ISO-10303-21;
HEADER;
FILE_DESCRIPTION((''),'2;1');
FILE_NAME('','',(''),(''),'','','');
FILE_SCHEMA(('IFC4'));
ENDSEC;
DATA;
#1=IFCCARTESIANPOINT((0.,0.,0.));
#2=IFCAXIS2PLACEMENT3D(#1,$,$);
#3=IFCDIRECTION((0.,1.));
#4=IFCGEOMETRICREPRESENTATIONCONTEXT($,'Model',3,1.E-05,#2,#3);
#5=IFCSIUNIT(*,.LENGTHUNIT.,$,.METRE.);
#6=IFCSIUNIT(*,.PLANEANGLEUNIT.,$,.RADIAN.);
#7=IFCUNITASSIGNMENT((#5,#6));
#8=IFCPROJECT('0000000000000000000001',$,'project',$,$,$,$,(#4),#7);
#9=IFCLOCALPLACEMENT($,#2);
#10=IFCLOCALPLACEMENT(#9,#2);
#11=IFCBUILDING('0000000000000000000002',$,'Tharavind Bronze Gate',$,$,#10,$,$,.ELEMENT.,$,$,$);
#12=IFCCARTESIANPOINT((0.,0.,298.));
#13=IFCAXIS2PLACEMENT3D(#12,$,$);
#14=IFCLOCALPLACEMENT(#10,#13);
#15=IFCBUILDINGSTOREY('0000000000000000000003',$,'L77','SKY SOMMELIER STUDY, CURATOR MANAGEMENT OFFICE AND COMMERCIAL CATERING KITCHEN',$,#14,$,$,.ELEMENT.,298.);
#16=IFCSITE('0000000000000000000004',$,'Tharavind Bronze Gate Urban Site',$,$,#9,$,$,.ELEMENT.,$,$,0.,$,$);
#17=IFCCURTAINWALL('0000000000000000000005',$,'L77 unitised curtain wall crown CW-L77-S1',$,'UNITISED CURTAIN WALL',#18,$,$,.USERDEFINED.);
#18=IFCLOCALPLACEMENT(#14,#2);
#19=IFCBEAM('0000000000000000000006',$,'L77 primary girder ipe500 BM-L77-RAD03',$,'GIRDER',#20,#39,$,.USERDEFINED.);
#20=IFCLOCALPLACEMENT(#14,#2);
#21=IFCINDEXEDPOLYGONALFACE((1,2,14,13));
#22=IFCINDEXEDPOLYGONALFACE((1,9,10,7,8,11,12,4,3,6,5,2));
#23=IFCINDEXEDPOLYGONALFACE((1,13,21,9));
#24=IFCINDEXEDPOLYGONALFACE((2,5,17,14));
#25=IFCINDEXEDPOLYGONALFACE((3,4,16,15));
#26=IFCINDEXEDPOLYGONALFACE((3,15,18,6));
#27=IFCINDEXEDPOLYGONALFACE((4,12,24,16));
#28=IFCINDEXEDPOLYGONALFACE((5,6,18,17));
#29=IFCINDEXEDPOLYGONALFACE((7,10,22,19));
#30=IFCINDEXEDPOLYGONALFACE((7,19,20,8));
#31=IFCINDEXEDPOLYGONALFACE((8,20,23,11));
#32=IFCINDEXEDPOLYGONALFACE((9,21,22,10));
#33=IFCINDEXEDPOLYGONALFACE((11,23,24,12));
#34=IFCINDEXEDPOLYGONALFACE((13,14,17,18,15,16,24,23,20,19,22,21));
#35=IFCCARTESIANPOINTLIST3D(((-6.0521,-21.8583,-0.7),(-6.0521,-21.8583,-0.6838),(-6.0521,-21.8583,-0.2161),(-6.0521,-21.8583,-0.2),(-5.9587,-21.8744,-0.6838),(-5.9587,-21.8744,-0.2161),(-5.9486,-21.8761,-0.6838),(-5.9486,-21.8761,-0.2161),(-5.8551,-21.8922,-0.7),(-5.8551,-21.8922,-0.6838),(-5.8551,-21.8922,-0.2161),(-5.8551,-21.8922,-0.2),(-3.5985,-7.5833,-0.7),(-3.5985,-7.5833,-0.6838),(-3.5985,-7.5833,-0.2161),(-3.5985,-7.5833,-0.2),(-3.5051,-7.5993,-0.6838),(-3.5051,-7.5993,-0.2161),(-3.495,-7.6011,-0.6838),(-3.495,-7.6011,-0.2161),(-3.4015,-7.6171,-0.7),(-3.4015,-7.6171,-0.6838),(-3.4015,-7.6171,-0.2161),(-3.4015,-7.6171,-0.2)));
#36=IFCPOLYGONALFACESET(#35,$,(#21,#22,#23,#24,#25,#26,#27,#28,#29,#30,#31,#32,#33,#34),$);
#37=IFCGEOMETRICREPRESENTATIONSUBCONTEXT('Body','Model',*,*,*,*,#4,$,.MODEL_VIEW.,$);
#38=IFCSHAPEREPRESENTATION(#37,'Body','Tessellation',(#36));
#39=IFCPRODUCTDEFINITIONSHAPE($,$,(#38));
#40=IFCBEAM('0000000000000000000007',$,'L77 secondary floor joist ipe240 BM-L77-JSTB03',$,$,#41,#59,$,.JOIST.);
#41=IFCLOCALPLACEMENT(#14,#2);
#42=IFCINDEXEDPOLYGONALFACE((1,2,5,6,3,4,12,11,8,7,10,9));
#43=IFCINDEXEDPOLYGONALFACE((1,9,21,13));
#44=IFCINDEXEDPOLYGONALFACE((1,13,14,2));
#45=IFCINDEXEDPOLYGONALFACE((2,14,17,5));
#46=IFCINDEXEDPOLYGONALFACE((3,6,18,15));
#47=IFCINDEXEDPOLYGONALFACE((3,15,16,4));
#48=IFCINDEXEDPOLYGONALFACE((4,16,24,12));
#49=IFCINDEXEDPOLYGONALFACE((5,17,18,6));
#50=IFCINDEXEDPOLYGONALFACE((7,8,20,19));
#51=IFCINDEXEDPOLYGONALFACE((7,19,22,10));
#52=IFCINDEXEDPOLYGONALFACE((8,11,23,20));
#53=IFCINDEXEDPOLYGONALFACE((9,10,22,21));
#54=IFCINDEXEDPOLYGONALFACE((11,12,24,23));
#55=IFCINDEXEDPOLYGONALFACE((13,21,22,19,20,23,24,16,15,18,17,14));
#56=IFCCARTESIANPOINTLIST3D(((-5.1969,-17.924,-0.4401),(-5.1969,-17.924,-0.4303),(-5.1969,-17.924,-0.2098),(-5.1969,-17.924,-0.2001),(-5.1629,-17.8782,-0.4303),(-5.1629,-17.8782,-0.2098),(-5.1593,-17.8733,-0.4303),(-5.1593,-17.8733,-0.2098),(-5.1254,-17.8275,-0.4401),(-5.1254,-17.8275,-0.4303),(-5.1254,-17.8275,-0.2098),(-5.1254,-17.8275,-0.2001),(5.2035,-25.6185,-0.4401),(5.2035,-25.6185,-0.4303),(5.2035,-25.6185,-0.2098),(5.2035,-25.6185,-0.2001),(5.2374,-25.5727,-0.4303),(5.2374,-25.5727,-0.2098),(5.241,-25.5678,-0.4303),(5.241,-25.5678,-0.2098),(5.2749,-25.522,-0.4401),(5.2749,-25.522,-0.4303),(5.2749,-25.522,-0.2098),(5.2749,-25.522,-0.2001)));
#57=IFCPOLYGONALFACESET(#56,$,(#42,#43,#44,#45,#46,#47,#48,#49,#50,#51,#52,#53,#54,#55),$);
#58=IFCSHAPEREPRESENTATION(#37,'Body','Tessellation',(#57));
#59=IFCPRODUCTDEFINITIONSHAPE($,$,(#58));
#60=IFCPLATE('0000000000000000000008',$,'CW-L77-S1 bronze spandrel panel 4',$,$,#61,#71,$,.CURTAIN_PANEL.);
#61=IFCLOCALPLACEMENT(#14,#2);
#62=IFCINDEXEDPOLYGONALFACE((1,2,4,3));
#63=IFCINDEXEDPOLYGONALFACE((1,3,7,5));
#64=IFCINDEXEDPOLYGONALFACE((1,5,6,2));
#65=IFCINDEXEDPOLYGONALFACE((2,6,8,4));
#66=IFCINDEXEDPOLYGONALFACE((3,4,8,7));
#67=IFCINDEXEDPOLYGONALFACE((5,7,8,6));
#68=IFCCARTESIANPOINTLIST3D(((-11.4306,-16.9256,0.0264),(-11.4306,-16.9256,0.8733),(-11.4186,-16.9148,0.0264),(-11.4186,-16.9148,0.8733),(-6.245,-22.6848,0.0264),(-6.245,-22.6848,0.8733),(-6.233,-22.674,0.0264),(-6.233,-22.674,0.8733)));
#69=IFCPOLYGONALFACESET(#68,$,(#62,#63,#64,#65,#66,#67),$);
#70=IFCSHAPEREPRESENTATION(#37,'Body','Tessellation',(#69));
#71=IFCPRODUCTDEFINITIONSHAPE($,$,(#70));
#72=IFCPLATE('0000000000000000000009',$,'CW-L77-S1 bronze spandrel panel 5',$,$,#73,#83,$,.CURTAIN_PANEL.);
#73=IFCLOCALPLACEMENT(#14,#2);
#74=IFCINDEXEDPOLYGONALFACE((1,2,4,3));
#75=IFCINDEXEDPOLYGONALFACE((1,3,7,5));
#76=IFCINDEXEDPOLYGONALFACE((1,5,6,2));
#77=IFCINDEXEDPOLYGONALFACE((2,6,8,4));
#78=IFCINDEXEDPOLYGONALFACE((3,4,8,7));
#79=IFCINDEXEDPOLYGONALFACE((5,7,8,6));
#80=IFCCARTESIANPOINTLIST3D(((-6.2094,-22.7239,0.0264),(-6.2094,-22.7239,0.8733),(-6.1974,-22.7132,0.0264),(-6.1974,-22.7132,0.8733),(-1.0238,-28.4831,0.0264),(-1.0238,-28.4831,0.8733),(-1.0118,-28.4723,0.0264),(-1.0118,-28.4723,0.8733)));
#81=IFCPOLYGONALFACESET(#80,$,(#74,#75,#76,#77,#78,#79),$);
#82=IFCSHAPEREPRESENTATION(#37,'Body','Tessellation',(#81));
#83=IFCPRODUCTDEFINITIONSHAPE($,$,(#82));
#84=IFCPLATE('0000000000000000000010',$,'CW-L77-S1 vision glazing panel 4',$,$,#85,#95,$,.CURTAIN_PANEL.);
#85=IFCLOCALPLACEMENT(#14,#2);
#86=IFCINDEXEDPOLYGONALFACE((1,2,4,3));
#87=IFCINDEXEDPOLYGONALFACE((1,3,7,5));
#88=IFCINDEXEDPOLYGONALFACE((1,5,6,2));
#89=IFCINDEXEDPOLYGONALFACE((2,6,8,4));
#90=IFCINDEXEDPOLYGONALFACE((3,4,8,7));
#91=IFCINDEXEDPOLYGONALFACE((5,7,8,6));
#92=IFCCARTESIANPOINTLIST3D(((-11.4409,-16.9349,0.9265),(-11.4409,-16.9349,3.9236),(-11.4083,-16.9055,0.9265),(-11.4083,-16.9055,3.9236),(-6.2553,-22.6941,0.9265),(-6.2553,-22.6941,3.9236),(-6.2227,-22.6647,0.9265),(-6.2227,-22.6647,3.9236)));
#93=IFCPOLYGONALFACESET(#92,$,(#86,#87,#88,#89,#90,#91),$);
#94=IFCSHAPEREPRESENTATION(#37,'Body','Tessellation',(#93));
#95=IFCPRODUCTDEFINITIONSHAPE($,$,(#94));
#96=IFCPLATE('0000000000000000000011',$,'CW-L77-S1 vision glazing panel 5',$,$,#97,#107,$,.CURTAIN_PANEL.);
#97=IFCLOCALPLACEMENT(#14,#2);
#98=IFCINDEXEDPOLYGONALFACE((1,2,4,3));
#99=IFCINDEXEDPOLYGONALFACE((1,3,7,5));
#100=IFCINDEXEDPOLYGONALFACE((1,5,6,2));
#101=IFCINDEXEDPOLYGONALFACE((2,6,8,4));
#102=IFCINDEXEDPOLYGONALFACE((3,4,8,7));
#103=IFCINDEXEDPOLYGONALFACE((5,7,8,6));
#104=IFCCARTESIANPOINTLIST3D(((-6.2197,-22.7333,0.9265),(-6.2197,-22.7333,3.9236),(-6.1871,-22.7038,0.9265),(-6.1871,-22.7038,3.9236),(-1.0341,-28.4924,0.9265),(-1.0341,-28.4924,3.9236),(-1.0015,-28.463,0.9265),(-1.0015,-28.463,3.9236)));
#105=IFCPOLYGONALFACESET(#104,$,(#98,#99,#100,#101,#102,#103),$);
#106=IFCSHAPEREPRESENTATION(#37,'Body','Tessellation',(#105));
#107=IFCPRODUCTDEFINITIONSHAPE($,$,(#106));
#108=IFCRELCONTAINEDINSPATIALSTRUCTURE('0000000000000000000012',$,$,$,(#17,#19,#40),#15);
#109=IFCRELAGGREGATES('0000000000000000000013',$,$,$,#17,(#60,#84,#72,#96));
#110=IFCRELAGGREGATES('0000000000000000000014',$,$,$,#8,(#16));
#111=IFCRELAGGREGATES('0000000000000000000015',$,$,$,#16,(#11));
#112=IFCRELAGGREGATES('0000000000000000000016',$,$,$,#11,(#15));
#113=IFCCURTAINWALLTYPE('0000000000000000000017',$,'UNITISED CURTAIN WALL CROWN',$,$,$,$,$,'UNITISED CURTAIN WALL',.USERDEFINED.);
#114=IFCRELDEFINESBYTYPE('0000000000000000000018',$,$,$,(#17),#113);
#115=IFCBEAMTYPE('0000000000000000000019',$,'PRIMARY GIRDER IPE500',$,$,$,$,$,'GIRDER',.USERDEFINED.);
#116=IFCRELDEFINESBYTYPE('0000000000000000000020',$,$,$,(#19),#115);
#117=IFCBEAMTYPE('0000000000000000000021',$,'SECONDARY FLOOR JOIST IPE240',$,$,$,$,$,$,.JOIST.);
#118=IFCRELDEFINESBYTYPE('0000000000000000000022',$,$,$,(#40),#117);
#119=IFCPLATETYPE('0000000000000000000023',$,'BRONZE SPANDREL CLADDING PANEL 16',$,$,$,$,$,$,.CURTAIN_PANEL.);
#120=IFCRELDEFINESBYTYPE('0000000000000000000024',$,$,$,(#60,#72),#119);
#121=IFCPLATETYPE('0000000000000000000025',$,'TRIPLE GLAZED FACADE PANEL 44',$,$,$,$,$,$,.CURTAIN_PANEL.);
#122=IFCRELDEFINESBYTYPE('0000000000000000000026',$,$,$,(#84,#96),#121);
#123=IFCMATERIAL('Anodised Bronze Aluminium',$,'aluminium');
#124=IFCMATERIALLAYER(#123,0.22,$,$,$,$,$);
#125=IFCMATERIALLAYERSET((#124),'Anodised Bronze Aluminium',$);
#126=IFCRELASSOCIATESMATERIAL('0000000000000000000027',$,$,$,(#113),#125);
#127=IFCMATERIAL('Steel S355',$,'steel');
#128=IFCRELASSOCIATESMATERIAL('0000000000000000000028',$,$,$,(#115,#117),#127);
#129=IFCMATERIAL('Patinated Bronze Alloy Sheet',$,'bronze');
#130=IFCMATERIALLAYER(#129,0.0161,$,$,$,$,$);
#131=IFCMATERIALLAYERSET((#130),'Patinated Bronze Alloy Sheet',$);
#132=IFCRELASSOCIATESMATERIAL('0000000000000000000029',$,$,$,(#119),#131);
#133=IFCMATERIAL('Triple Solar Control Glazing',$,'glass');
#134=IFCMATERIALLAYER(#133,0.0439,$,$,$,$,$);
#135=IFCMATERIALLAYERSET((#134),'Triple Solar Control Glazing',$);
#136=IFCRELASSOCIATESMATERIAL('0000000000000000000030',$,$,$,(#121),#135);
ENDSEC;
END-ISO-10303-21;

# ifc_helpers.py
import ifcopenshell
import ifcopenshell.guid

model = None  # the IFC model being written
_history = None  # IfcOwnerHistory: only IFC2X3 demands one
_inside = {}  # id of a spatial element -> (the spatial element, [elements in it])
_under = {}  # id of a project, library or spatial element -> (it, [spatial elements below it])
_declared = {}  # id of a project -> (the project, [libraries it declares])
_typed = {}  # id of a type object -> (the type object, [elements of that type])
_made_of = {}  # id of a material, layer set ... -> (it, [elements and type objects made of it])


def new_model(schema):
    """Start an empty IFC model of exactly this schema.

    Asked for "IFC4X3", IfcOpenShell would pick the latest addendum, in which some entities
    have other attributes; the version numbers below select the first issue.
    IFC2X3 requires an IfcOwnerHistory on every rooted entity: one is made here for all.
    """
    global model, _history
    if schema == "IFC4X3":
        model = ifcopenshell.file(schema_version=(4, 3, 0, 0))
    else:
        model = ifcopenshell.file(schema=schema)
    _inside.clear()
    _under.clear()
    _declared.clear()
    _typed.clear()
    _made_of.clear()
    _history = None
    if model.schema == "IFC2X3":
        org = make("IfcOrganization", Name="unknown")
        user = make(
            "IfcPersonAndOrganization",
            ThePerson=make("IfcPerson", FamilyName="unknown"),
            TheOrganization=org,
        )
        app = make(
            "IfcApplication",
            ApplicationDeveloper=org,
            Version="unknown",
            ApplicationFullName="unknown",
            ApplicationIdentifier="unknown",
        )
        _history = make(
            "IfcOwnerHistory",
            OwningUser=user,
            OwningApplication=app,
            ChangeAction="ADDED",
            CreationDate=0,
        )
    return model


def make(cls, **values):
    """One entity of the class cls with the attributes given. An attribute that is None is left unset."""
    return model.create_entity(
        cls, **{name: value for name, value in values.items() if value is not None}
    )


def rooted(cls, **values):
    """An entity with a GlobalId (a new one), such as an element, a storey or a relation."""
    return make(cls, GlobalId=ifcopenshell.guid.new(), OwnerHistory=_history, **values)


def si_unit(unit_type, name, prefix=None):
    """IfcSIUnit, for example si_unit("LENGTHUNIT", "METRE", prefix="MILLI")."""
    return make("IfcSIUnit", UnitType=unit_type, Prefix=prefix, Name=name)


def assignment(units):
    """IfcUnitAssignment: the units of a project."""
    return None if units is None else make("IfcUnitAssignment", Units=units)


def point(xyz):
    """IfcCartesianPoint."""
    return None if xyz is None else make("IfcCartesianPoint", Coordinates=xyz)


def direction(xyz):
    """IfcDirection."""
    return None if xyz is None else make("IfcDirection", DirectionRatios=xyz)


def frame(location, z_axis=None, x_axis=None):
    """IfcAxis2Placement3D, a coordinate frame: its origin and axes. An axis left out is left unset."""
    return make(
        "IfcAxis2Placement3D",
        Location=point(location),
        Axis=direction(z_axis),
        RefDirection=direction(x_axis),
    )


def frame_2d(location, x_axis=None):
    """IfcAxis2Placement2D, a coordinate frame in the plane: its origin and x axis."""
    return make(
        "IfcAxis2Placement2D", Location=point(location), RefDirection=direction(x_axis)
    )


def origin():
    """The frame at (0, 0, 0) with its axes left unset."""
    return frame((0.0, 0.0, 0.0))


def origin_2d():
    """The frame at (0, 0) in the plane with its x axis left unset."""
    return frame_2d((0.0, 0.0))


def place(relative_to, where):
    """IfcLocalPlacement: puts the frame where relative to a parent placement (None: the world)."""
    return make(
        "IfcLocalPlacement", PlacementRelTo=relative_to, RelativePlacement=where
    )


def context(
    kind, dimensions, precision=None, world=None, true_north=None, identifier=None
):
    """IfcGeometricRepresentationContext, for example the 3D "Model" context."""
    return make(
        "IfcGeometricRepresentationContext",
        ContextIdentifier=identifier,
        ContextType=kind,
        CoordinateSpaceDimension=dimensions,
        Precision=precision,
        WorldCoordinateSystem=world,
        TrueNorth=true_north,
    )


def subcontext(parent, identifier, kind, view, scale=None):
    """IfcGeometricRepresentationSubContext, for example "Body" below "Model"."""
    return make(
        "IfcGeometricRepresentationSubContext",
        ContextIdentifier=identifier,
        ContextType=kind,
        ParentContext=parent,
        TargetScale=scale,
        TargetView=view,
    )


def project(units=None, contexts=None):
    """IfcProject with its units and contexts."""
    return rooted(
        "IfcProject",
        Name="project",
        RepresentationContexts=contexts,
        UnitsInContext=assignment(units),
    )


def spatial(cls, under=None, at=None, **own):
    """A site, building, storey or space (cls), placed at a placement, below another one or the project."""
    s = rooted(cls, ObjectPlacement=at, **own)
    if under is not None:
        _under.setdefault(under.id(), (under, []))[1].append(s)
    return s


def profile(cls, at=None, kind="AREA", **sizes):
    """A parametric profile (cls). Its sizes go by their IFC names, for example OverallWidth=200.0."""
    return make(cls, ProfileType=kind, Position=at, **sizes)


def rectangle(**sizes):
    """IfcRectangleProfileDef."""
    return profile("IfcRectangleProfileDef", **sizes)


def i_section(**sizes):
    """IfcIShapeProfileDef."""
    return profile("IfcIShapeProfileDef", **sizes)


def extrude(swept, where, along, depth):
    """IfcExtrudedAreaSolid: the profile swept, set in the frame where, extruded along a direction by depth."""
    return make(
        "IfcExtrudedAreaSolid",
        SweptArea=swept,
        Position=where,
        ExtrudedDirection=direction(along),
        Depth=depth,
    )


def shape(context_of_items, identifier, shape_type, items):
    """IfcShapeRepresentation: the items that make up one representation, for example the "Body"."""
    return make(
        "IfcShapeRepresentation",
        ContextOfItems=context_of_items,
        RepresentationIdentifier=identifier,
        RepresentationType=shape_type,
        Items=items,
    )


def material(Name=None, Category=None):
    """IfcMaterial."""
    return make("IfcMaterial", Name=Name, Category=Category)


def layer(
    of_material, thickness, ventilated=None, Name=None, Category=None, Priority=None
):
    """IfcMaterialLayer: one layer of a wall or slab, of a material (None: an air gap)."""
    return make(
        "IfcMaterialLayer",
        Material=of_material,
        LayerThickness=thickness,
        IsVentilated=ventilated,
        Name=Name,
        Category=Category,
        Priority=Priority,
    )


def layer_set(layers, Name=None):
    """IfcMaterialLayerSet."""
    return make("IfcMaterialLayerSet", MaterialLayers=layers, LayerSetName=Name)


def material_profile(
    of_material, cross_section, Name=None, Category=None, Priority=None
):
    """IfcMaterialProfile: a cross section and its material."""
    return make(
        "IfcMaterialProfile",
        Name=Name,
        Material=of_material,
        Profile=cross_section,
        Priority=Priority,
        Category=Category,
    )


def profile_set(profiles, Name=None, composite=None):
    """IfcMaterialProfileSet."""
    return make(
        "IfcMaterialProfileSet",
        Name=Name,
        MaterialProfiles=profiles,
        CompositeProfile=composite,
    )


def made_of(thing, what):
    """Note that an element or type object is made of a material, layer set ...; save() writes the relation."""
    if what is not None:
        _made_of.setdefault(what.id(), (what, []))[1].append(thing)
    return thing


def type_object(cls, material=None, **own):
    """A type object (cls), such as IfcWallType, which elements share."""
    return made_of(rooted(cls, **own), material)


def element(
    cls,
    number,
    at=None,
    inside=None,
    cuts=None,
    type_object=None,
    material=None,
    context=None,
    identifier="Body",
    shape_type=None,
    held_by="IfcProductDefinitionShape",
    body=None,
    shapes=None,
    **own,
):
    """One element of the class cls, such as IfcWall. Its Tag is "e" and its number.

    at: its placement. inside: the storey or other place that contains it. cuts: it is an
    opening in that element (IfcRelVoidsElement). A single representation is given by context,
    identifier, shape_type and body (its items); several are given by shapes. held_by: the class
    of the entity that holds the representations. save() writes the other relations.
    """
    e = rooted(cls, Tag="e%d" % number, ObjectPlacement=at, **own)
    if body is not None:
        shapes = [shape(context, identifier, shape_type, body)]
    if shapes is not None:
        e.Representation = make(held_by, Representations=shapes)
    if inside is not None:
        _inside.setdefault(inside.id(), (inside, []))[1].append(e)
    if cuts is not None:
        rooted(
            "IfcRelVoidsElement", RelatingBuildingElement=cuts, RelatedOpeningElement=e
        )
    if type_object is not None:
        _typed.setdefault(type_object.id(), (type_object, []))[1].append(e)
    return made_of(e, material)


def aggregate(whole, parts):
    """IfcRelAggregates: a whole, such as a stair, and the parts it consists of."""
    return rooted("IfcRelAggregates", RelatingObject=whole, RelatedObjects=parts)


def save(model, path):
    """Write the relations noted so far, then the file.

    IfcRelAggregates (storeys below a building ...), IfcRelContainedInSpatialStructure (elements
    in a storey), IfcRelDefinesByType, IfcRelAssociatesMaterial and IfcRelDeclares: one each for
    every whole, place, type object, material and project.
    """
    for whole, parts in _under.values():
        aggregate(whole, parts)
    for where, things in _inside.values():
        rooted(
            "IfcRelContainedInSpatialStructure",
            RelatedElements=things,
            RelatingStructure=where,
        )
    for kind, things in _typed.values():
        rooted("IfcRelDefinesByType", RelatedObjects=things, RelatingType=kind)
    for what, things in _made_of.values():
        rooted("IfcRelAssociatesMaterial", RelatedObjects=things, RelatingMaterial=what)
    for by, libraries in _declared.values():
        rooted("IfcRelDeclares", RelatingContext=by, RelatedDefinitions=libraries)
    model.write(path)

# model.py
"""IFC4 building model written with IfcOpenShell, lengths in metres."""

from ifc_helpers import new_model, si_unit, direction, frame, origin, origin_2d, place, context, subcontext, project, spatial, rectangle, i_section, extrude, material, layer, layer_set, material_profile, profile_set, type_object, element, aggregate, save


model = new_model("IFC4")

# Units and contexts
model_context = context("Model", 3, precision=1e-05, world=origin(), true_north=direction((0.0, 1.0)))
body_context = subcontext(model_context, "Body", "Model", "MODEL_VIEW")
ifc_project = project(units=[si_unit("LENGTHUNIT", "METRE"), si_unit("PLANEANGLEUNIT", "RADIAN")], contexts=[model_context])

# Site, building, storey
site_placement = place(None, origin())
site = spatial("IfcSite", under=ifc_project, at=site_placement, Name="Tharavind Bronze Gate Urban Site", CompositionType="ELEMENT", RefElevation=0.0)
building_placement = place(site_placement, origin())
building = spatial("IfcBuilding", under=site, at=building_placement, Name="Tharavind Bronze Gate", CompositionType="ELEMENT")
storey_placement = place(building_placement, frame((0.0, 0.0, 298.0)))
storey = spatial("IfcBuildingStorey", under=building, at=storey_placement, Name="L77", Description="SKY SOMMELIER STUDY, CURATOR MANAGEMENT OFFICE AND COMMERCIAL CATERING KITCHEN", CompositionType="ELEMENT", Elevation=298.0)

# Curtain wall
ifc_material_1 = material(Name="Anodised Bronze Aluminium", Category="aluminium")
ifc_layer_1 = layer(ifc_material_1, 0.22)
ifc_layer_set_1 = layer_set([ifc_layer_1], Name="Anodised Bronze Aluminium")
curtain_wall_type = type_object("IfcCurtainWallType", Name="UNITISED CURTAIN WALL CROWN", ElementType="UNITISED CURTAIN WALL", PredefinedType="USERDEFINED", material=ifc_layer_set_1)
curtain_wall_placement = place(storey_placement, origin())
curtain_wall = element("IfcCurtainWall", 1, at=curtain_wall_placement, inside=storey, type_object=curtain_wall_type, Name="L77 unitised curtain wall crown CW-L77-S1", ObjectType="UNITISED CURTAIN WALL", PredefinedType="USERDEFINED")

# Beams
ifc_material_2 = material(Name="Steel S355", Category="steel")
ifc_material_profile_1 = material_profile(ifc_material_2, i_section(OverallWidth=0.2, OverallDepth=0.5, WebThickness=0.0103, FlangeThickness=0.0161, at=origin_2d()), Name="IPE500")
ifc_profile_set_1 = profile_set([ifc_material_profile_1], Name="Steel S355")
beam_type_1 = type_object("IfcBeamType", Name="PRIMARY GIRDER IPE500", ElementType="GIRDER", PredefinedType="USERDEFINED", material=ifc_profile_set_1)
beam_1_placement = place(storey_placement, frame((-5.9536, -21.8752, -0.45), z_axis=(0.169396, 0.985548, 0.0), x_axis=(-0.985548, 0.169396, 0.0)))
element("IfcBeam", 2, at=beam_1_placement, inside=storey, type_object=beam_type_1, Name="L77 primary girder ipe500 BM-L77-RAD03", ObjectType="GIRDER", PredefinedType="USERDEFINED", context=body_context, shape_type="SweptSolid", body=[
    extrude(i_section(OverallWidth=0.2, OverallDepth=0.5, WebThickness=0.0103, FlangeThickness=0.0161, at=origin_2d()), origin(), (0.0, 0.0, 1.0), 14.4844),
])
ifc_material_profile_2 = material_profile(ifc_material_2, i_section(OverallWidth=0.1201, OverallDepth=0.24, WebThickness=0.0061, FlangeThickness=0.0098, at=origin_2d()), Name="IPE240")
ifc_profile_set_2 = profile_set([ifc_material_profile_2], Name="Steel S355")
beam_type_2 = type_object("IfcBeamType", Name="SECONDARY FLOOR JOIST IPE240", PredefinedType="JOIST", material=ifc_profile_set_2)
beam_2_placement = place(storey_placement, frame((-5.1611, -17.8757, -0.3201), z_axis=(0.803905, -0.594758, 0.0), x_axis=(0.594758, 0.803905, 0.0)))
element("IfcBeam", 3, at=beam_2_placement, inside=storey, type_object=beam_type_2, Name="L77 secondary floor joist ipe240 BM-L77-JSTB03", PredefinedType="JOIST", context=body_context, shape_type="SweptSolid", body=[
    extrude(i_section(OverallWidth=0.1201, OverallDepth=0.24, WebThickness=0.0061, FlangeThickness=0.0098, at=origin_2d()), origin(), (0.0, 0.0, 1.0), 12.9373),
])

# Plates
ifc_material_3 = material(Name="Patinated Bronze Alloy Sheet", Category="bronze")
ifc_layer_2 = layer(ifc_material_3, 0.0161)
ifc_layer_set_2 = layer_set([ifc_layer_2], Name="Patinated Bronze Alloy Sheet")
plate_type_1 = type_object("IfcPlateType", Name="BRONZE SPANDREL CLADDING PANEL 16", PredefinedType="CURTAIN_PANEL", material=ifc_layer_set_2)
plate_1_placement = place(storey_placement, frame((-8.8318, -19.7998, 0.0264), z_axis=(0.0, 0.0, 1.0), x_axis=(0.669131, -0.743145, 0.0)))
plate_1 = element("IfcPlate", 4, at=plate_1_placement, type_object=plate_type_1, Name="CW-L77-S1 bronze spandrel panel 4", PredefinedType="CURTAIN_PANEL", context=body_context, shape_type="SweptSolid", body=[
    extrude(rectangle(XDim=7.7498, YDim=0.0161, at=origin_2d()), origin(), (0.0, 0.0, 1.0), 0.8469),
])
plate_2_placement = place(storey_placement, frame((-3.6106, -25.5981, 0.0264), z_axis=(0.0, 0.0, 1.0), x_axis=(0.669131, -0.743145, 0.0)))
plate_2 = element("IfcPlate", 5, at=plate_2_placement, type_object=plate_type_1, Name="CW-L77-S1 bronze spandrel panel 5", PredefinedType="CURTAIN_PANEL", context=body_context, shape_type="SweptSolid", body=[
    extrude(rectangle(XDim=7.7498, YDim=0.0161, at=origin_2d()), origin(), (0.0, 0.0, 1.0), 0.8469),
])
ifc_material_4 = material(Name="Triple Solar Control Glazing", Category="glass")
ifc_layer_3 = layer(ifc_material_4, 0.0439)
ifc_layer_set_3 = layer_set([ifc_layer_3], Name="Triple Solar Control Glazing")
plate_type_2 = type_object("IfcPlateType", Name="TRIPLE GLAZED FACADE PANEL 44", PredefinedType="CURTAIN_PANEL", material=ifc_layer_set_3)
plate_3_placement = place(storey_placement, frame((-8.8318, -19.7998, 0.9265), z_axis=(0.0, 0.0, 1.0), x_axis=(0.669131, -0.743145, 0.0)))
plate_3 = element("IfcPlate", 6, at=plate_3_placement, type_object=plate_type_2, Name="CW-L77-S1 vision glazing panel 4", PredefinedType="CURTAIN_PANEL", context=body_context, shape_type="SweptSolid", body=[
    extrude(rectangle(XDim=7.7498, YDim=0.0439, at=origin_2d()), origin(), (0.0, 0.0, 1.0), 2.9971),
])
plate_4_placement = place(storey_placement, frame((-3.6106, -25.5981, 0.9265), z_axis=(0.0, 0.0, 1.0), x_axis=(0.669131, -0.743145, 0.0)))
plate_4 = element("IfcPlate", 7, at=plate_4_placement, type_object=plate_type_2, Name="CW-L77-S1 vision glazing panel 5", PredefinedType="CURTAIN_PANEL", context=body_context, shape_type="SweptSolid", body=[
    extrude(rectangle(XDim=7.7498, YDim=0.0439, at=origin_2d()), origin(), (0.0, 0.0, 1.0), 2.9971),
])
aggregate(curtain_wall, [plate_1, plate_3, plate_2, plate_4])

save(model, "model.ifc")
